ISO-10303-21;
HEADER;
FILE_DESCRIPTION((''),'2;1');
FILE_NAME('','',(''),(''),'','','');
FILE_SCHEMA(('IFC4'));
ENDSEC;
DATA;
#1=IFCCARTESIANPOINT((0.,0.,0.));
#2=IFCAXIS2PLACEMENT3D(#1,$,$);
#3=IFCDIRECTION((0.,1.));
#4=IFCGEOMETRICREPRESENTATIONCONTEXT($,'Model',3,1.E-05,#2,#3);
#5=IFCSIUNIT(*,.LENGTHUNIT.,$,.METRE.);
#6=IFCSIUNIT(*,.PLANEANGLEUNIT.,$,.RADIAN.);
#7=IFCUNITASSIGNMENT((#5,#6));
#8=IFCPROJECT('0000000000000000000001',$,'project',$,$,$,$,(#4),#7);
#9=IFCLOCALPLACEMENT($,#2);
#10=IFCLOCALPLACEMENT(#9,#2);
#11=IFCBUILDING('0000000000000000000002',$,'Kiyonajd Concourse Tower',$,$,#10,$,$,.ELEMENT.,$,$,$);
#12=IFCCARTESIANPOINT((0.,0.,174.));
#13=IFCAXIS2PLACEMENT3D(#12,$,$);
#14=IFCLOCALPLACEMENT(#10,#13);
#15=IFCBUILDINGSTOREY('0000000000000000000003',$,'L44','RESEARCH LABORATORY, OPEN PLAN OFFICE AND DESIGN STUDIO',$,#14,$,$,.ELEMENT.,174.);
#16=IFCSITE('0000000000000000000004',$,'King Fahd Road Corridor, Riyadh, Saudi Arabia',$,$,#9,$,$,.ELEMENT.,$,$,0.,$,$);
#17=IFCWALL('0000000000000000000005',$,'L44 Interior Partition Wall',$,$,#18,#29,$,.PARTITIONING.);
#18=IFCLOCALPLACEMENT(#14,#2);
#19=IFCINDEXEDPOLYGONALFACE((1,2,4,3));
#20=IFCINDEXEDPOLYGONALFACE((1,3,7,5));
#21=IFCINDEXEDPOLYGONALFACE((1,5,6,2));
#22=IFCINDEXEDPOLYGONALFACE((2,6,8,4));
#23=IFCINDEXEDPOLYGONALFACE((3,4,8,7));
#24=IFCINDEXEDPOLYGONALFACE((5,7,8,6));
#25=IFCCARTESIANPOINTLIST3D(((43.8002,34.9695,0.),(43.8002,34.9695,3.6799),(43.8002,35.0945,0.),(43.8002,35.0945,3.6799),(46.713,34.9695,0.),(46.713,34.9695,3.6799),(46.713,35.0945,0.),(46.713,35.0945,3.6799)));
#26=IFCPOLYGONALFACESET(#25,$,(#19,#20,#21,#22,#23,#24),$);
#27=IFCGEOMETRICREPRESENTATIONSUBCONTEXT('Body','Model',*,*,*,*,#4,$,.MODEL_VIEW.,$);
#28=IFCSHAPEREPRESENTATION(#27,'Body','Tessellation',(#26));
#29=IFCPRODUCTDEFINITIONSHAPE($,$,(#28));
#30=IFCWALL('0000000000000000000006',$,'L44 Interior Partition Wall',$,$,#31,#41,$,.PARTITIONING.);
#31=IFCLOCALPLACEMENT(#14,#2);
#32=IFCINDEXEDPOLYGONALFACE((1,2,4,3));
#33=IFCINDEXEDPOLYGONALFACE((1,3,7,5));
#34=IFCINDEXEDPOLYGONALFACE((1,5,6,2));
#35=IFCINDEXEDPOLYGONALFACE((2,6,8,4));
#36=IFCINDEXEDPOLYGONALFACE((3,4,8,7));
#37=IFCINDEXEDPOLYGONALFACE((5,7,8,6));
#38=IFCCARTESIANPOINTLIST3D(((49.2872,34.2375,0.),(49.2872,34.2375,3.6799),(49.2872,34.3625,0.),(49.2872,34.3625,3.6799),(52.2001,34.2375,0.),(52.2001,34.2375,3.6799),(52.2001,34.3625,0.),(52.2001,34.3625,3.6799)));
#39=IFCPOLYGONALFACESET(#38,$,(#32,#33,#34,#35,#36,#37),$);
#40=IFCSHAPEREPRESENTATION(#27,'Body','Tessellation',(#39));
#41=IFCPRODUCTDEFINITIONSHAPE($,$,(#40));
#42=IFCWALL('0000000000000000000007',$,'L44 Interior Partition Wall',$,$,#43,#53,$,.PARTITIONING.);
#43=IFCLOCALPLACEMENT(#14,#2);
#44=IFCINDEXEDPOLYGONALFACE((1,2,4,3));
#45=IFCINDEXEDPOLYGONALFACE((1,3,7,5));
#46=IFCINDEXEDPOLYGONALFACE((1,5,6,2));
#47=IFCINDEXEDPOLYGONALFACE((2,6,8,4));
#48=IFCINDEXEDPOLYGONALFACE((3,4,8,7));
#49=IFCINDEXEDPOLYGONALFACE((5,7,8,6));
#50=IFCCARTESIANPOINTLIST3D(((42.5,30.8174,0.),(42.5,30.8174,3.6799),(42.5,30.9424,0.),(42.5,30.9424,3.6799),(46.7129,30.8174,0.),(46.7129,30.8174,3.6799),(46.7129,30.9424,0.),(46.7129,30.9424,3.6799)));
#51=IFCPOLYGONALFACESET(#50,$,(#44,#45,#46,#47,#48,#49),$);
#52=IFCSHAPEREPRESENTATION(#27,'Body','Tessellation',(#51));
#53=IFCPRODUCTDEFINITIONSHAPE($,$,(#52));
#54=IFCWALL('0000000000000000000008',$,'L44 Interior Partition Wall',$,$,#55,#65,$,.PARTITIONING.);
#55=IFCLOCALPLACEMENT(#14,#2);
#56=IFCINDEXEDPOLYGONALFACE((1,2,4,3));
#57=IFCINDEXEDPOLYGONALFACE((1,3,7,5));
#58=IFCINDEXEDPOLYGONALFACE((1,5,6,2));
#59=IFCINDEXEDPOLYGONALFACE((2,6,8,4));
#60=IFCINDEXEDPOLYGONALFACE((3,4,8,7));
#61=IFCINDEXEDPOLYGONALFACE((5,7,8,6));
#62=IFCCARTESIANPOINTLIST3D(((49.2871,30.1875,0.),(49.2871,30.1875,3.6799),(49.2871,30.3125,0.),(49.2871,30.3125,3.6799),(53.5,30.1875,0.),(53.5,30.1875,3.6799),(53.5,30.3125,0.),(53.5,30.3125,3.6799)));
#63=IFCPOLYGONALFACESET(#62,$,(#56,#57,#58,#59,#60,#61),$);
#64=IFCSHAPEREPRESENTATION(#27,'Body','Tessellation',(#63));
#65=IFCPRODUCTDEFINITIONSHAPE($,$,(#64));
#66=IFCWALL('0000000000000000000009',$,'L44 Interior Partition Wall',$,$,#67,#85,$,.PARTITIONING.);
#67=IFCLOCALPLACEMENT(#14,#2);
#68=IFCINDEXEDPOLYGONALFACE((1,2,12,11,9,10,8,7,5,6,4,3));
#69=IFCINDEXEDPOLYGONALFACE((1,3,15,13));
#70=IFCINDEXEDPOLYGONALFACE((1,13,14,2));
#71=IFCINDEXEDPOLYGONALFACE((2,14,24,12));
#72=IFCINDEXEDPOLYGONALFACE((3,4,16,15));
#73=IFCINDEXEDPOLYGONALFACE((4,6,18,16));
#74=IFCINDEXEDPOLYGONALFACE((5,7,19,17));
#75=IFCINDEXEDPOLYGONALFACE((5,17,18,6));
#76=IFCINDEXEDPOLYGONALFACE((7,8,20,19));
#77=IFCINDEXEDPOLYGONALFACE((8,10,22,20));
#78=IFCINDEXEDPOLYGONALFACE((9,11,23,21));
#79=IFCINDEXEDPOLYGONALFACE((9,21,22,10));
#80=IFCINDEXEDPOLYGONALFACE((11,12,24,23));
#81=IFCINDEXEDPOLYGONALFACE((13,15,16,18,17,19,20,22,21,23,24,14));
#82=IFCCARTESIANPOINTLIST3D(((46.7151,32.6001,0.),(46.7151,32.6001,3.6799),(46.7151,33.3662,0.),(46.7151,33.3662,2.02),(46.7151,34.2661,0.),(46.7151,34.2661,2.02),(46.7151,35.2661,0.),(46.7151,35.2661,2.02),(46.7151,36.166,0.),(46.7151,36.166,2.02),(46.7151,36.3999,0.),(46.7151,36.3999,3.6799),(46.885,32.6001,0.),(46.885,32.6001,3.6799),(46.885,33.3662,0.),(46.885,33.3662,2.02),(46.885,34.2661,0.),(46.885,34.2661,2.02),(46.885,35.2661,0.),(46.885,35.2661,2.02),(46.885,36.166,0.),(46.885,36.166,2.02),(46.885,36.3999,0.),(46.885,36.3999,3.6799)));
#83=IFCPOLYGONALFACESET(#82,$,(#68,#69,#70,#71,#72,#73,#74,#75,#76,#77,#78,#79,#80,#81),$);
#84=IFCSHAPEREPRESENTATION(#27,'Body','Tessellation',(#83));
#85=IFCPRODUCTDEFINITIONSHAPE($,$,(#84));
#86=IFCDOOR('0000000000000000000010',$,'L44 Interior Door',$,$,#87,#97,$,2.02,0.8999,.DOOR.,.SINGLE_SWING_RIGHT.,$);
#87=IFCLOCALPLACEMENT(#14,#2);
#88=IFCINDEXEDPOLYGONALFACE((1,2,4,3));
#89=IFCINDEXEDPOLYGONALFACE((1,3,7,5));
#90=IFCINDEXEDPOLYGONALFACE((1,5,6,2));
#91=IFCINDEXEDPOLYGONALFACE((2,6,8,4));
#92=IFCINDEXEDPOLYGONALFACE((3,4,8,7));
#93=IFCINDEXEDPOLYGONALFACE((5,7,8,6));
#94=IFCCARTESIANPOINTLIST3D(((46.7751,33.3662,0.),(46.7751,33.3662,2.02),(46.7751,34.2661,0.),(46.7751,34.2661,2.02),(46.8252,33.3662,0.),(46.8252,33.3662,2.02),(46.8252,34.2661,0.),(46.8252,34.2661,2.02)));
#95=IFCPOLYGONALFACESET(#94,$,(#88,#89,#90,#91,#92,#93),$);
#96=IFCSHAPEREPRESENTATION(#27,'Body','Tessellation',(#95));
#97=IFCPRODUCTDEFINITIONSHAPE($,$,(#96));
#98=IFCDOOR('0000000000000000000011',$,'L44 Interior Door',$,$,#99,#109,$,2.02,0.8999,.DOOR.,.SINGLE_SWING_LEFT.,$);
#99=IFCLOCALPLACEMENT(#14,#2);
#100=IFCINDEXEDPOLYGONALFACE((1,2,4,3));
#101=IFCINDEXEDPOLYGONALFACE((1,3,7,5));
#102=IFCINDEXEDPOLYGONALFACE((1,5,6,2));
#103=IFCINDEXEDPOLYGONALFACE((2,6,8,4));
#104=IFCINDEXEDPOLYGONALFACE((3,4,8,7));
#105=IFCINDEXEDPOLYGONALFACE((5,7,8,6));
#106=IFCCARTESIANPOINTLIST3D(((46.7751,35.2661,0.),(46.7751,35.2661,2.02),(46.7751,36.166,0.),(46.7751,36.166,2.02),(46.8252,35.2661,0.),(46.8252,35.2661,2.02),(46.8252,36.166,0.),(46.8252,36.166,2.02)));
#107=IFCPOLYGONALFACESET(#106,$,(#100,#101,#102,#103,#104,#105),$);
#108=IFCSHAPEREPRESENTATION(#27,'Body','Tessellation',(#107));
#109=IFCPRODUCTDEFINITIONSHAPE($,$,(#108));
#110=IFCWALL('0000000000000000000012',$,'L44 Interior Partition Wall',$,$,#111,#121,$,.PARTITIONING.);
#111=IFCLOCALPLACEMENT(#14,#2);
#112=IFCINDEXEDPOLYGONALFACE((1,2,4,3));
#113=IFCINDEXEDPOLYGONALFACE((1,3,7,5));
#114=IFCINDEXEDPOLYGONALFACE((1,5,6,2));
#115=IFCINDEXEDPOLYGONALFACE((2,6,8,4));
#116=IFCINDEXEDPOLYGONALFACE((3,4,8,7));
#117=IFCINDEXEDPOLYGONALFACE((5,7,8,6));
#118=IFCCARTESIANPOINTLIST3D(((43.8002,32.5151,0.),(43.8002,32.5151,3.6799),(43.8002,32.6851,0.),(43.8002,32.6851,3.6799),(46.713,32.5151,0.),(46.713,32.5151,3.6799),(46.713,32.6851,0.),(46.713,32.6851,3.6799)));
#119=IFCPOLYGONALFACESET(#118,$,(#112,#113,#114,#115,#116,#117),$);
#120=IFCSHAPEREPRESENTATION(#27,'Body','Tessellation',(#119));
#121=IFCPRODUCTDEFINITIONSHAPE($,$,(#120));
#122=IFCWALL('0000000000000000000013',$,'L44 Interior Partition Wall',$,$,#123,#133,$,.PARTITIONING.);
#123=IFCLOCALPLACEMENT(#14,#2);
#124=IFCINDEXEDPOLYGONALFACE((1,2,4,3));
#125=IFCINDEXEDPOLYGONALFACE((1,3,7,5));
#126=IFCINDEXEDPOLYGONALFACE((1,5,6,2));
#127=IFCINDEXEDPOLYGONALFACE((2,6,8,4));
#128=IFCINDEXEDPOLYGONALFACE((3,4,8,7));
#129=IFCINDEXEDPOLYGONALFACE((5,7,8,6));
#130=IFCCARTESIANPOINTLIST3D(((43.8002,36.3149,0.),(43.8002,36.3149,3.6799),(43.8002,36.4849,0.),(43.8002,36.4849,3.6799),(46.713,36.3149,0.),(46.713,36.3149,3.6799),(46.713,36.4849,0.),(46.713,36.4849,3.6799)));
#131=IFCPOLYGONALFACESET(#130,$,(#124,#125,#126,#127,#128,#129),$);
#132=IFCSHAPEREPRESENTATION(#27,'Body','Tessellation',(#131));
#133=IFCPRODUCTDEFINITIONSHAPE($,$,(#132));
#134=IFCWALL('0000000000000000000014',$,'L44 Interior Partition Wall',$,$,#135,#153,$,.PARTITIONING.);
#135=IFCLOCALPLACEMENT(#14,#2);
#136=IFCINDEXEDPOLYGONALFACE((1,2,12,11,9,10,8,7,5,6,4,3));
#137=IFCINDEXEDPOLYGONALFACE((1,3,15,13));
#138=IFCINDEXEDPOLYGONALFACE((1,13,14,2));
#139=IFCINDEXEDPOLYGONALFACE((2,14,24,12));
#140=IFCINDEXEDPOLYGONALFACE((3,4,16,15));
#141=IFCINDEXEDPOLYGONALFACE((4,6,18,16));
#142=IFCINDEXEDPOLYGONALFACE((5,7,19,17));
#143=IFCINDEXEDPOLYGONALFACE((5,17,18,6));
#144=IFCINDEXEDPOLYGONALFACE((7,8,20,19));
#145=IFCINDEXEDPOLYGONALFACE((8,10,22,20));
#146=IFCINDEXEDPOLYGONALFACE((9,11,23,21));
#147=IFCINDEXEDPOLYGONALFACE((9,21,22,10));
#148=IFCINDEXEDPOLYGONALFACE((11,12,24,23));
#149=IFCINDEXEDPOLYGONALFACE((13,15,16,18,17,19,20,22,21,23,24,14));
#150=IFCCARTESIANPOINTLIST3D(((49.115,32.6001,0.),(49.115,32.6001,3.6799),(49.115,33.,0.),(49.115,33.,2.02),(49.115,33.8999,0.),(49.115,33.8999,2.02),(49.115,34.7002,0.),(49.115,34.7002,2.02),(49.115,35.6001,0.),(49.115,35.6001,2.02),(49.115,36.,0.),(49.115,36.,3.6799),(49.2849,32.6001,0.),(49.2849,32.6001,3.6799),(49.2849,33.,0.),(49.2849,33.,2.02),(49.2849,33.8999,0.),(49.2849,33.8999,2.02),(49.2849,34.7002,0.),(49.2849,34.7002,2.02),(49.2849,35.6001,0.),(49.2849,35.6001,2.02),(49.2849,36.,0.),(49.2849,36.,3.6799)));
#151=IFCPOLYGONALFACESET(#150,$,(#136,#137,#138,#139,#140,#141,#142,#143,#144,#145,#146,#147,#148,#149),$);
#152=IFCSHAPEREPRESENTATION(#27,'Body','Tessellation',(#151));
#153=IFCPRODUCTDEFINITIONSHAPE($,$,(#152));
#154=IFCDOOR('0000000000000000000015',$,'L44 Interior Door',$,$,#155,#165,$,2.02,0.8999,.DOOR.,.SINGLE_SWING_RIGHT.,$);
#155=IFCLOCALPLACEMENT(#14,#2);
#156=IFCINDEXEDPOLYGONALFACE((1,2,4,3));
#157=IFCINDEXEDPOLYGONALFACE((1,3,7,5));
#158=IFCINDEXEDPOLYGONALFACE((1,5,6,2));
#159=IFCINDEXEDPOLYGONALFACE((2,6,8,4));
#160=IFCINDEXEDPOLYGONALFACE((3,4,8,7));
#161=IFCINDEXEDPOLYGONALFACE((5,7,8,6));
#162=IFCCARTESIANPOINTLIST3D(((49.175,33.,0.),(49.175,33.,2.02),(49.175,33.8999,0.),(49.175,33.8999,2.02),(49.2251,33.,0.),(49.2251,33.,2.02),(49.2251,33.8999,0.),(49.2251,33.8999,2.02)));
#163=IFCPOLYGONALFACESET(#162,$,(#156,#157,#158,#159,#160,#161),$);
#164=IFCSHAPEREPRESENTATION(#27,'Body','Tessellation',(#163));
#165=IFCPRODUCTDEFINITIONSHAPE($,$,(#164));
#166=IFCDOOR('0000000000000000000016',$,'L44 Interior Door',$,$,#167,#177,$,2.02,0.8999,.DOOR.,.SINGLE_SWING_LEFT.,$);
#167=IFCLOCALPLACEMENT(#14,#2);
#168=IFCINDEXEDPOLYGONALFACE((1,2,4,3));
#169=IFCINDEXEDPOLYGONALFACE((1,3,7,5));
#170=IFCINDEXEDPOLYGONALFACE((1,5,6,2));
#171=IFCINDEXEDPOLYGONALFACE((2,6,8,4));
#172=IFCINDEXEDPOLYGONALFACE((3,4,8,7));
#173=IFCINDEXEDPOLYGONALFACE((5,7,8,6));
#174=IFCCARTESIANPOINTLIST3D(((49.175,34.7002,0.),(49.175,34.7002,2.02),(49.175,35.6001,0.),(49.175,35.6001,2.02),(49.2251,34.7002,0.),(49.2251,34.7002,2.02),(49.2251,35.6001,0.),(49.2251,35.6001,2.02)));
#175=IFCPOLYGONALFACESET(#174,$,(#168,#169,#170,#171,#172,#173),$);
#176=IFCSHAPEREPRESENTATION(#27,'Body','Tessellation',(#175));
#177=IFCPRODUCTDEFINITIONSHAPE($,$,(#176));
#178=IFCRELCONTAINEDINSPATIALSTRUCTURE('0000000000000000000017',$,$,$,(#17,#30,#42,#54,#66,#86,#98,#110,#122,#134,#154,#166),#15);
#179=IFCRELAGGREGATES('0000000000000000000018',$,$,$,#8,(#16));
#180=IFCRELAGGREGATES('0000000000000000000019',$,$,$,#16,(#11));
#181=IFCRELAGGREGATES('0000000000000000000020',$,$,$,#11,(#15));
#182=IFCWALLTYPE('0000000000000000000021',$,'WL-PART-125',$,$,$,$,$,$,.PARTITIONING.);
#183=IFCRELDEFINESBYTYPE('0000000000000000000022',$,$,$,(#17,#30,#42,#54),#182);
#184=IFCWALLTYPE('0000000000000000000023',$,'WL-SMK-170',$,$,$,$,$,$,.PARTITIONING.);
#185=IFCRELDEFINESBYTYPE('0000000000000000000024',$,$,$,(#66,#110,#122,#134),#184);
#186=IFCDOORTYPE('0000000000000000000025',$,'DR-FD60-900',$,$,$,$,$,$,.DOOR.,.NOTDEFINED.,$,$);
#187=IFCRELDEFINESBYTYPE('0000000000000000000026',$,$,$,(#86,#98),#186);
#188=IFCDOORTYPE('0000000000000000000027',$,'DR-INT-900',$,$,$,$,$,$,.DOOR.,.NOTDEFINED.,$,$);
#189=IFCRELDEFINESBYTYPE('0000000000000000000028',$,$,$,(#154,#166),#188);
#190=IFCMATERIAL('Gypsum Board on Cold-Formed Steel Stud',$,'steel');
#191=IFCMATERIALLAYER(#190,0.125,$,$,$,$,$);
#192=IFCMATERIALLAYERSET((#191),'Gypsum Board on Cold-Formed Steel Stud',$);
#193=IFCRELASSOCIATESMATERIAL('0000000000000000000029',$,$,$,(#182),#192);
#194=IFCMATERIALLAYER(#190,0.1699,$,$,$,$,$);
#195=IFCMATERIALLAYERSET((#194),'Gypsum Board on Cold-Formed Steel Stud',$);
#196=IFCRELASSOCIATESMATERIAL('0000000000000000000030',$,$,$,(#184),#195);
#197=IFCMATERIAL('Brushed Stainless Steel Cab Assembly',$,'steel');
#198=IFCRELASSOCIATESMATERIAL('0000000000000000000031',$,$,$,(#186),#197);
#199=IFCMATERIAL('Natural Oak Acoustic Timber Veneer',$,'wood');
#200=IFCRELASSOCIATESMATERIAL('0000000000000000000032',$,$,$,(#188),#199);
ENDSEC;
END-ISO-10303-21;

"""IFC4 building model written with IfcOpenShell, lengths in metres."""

from ifc_helpers import new_model, si_unit, direction, frame, frame_2d, origin, place, context, subcontext, project, spatial, rectangle, extrude, material, layer, layer_set, type_object, element, fill, save


model = new_model("IFC4")

# Units and contexts
model_context = context("Model", 3, precision=1e-05, world=origin(), true_north=direction((0.0, 1.0)))
body_context = subcontext(model_context, "Body", "Model", "MODEL_VIEW")
ifc_project = project(units=[si_unit("LENGTHUNIT", "METRE"), si_unit("PLANEANGLEUNIT", "RADIAN")], contexts=[model_context])

# Site, building, storey
site_placement = place(None, origin())
site = spatial("IfcSite", under=ifc_project, at=site_placement, Name="King Fahd Road Corridor, Riyadh, Saudi Arabia", CompositionType="ELEMENT", RefElevation=0.0)
building_placement = place(site_placement, origin())
building = spatial("IfcBuilding", under=site, at=building_placement, Name="Kiyonajd Concourse Tower", CompositionType="ELEMENT")
storey_placement = place(building_placement, frame((0.0, 0.0, 174.0)))
storey = spatial("IfcBuildingStorey", under=building, at=storey_placement, Name="L44", Description="RESEARCH LABORATORY, OPEN PLAN OFFICE AND DESIGN STUDIO", CompositionType="ELEMENT", Elevation=174.0)

# Walls
ifc_material_1 = material(Name="Gypsum Board on Cold-Formed Steel Stud", Category="steel")
ifc_layer_1 = layer(ifc_material_1, 0.125)
ifc_layer_set_1 = layer_set([ifc_layer_1], Name="Gypsum Board on Cold-Formed Steel Stud")
wall_type_1 = type_object("IfcWallType", Name="WL-PART-125", PredefinedType="PARTITIONING", material=ifc_layer_set_1)
for number, where, z_axis, x_axis, name in (
    (1, (43.8, 35.032, 0.0), (0.0, 0.0, 1.0), (1.0, 0.0, 0.0), "L44 Interior Partition Wall"),
    (2, (49.2871, 34.3, 0.0), (0.0, 0.0, 1.0), (1.0, 0.0, 0.0), "L44 Interior Partition Wall"),
):
    element("IfcWall", number, at=place(storey_placement, frame(where, z_axis=z_axis, x_axis=x_axis)), inside=storey, type_object=wall_type_1, Name=name, PredefinedType="PARTITIONING", context=body_context, shape_type="SweptSolid", body=[
        extrude(rectangle(XDim=2.9128, YDim=0.125, at=frame_2d((1.4565, 0.0))), origin(), (0.0, 0.0, 1.0), 3.6799),
    ])
for number, where, z_axis, x_axis, name in (
    (3, (42.5, 30.8799, 0.0), (0.0, 0.0, 1.0), (1.0, 0.0, 0.0), "L44 Interior Partition Wall"),
    (4, (49.2871, 30.25, 0.0), (0.0, 0.0, 1.0), (1.0, 0.0, 0.0), "L44 Interior Partition Wall"),
):
    element("IfcWall", number, at=place(storey_placement, frame(where, z_axis=z_axis, x_axis=x_axis)), inside=storey, type_object=wall_type_1, Name=name, PredefinedType="PARTITIONING", context=body_context, shape_type="SweptSolid", body=[
        extrude(rectangle(XDim=4.2129, YDim=0.125, at=frame_2d((2.1064, 0.0))), origin(), (0.0, 0.0, 1.0), 3.6799),
    ])

# Wall, openings, doors
ifc_layer_2 = layer(ifc_material_1, 0.1699)
ifc_layer_set_2 = layer_set([ifc_layer_2], Name="Gypsum Board on Cold-Formed Steel Stud")
wall_type_2 = type_object("IfcWallType", Name="WL-SMK-170", PredefinedType="PARTITIONING", material=ifc_layer_set_2)
wall_1_placement = place(storey_placement, frame((46.8, 32.6001, 0.0), z_axis=(0.0, 0.0, 1.0), x_axis=(0.0, 1.0, 0.0)))
wall_1 = element("IfcWall", 5, at=wall_1_placement, inside=storey, type_object=wall_type_2, Name="L44 Interior Partition Wall", PredefinedType="PARTITIONING", context=body_context, shape_type="SweptSolid", body=[
    extrude(rectangle(XDim=3.7998, YDim=0.1699, at=frame_2d((1.8999, 0.0))), origin(), (0.0, 0.0, 1.0), 3.6799),
])
opening_1_placement = place(wall_1_placement, frame((0.7661, 0.0, 0.0)))
opening_1 = element("IfcOpeningElement", 6, at=opening_1_placement, cuts=wall_1, PredefinedType="OPENING", context=body_context, shape_type="SweptSolid", body=[
    extrude(rectangle(XDim=0.8999, YDim=2.02, at=frame_2d((0.45, 1.01))), frame((0.0, 0.095, 0.0), z_axis=(0.0, -1.0, 0.0), x_axis=(1.0, 0.0, 0.0)), (0.0, 0.0, 1.0), 0.1899),
])
opening_2_placement = place(wall_1_placement, frame((2.666, 0.0, 0.0)))
opening_2 = element("IfcOpeningElement", 7, at=opening_2_placement, cuts=wall_1, PredefinedType="OPENING", context=body_context, shape_type="SweptSolid", body=[
    extrude(rectangle(XDim=0.8999, YDim=2.02, at=frame_2d((0.45, 1.01))), frame((0.0, 0.095, 0.0), z_axis=(0.0, -1.0, 0.0), x_axis=(1.0, 0.0, 0.0)), (0.0, 0.0, 1.0), 0.1899),
])
ifc_material_2 = material(Name="Brushed Stainless Steel Cab Assembly", Category="steel")
door_type_1 = type_object("IfcDoorType", Name="DR-FD60-900", OperationType="NOTDEFINED", PredefinedType="DOOR", material=ifc_material_2)
door_1_placement = place(opening_1_placement, origin())
door_1 = element("IfcDoor", 8, at=door_1_placement, inside=storey, type_object=door_type_1, Name="L44 Interior Door", OperationType="SINGLE_SWING_RIGHT", OverallHeight=2.02, OverallWidth=0.8999, PredefinedType="DOOR", context=body_context, shape_type="SweptSolid", body=[
    extrude(rectangle(XDim=0.8999, YDim=2.02, at=frame_2d((0.45, 1.01))), frame((0.0, 0.0249, 0.0), z_axis=(0.0, -1.0, 0.0), x_axis=(1.0, 0.0, 0.0)), (0.0, 0.0, 1.0), 0.05),
])
fill(opening_1, door_1)
door_2_placement = place(opening_2_placement, origin())
door_2 = element("IfcDoor", 9, at=door_2_placement, inside=storey, type_object=door_type_1, Name="L44 Interior Door", OperationType="SINGLE_SWING_LEFT", OverallHeight=2.02, OverallWidth=0.8999, PredefinedType="DOOR", context=body_context, shape_type="SweptSolid", body=[
    extrude(rectangle(XDim=0.8999, YDim=2.02, at=frame_2d((0.45, 1.01))), frame((0.0, 0.0249, 0.0), z_axis=(0.0, -1.0, 0.0), x_axis=(1.0, 0.0, 0.0)), (0.0, 0.0, 1.0), 0.05),
])
fill(opening_2, door_2)

# Walls
for number, where, z_axis, x_axis, name in (
    (10, (43.8, 32.6001, 0.0), (0.0, 0.0, 1.0), (1.0, 0.0, 0.0), "L44 Interior Partition Wall"),
    (11, (43.8, 36.3999, 0.0), (0.0, 0.0, 1.0), (1.0, 0.0, 0.0), "L44 Interior Partition Wall"),
):
    element("IfcWall", number, at=place(storey_placement, frame(where, z_axis=z_axis, x_axis=x_axis)), inside=storey, type_object=wall_type_2, Name=name, PredefinedType="PARTITIONING", context=body_context, shape_type="SweptSolid", body=[
        extrude(rectangle(XDim=2.9128, YDim=0.1699, at=frame_2d((1.4565, 0.0))), origin(), (0.0, 0.0, 1.0), 3.6799),
    ])

# Wall, openings, doors
wall_2_placement = place(storey_placement, frame((49.2, 32.6001, 0.0), z_axis=(0.0, 0.0, 1.0), x_axis=(0.0, 1.0, 0.0)))
wall_2 = element("IfcWall", 12, at=wall_2_placement, inside=storey, type_object=wall_type_2, Name="L44 Interior Partition Wall", PredefinedType="PARTITIONING", context=body_context, shape_type="SweptSolid", body=[
    extrude(rectangle(XDim=3.3999, YDim=0.1699, at=frame_2d((1.7, 0.0))), origin(), (0.0, 0.0, 1.0), 3.6799),
])
opening_3_placement = place(wall_2_placement, frame((0.3999, 0.0, 0.0)))
opening_3 = element("IfcOpeningElement", 13, at=opening_3_placement, cuts=wall_2, PredefinedType="OPENING", context=body_context, shape_type="SweptSolid", body=[
    extrude(rectangle(XDim=0.8999, YDim=2.02, at=frame_2d((0.45, 1.01))), frame((0.0, 0.095, 0.0), z_axis=(0.0, -1.0, 0.0), x_axis=(1.0, 0.0, 0.0)), (0.0, 0.0, 1.0), 0.1899),
])
opening_4_placement = place(wall_2_placement, frame((2.1001, 0.0, 0.0)))
opening_4 = element("IfcOpeningElement", 14, at=opening_4_placement, cuts=wall_2, PredefinedType="OPENING", context=body_context, shape_type="SweptSolid", body=[
    extrude(rectangle(XDim=0.8999, YDim=2.02, at=frame_2d((0.45, 1.01))), frame((0.0, 0.095, 0.0), z_axis=(0.0, -1.0, 0.0), x_axis=(1.0, 0.0, 0.0)), (0.0, 0.0, 1.0), 0.1899),
])
ifc_material_3 = material(Name="Natural Oak Acoustic Timber Veneer", Category="wood")
door_type_2 = type_object("IfcDoorType", Name="DR-INT-900", OperationType="NOTDEFINED", PredefinedType="DOOR", material=ifc_material_3)
door_3_placement = place(opening_3_placement, origin())
door_3 = element("IfcDoor", 15, at=door_3_placement, inside=storey, type_object=door_type_2, Name="L44 Interior Door", OperationType="SINGLE_SWING_RIGHT", OverallHeight=2.02, OverallWidth=0.8999, PredefinedType="DOOR", context=body_context, shape_type="SweptSolid", body=[
    extrude(rectangle(XDim=0.8999, YDim=2.02, at=frame_2d((0.45, 1.01))), frame((0.0, 0.0249, 0.0), z_axis=(0.0, -1.0, 0.0), x_axis=(1.0, 0.0, 0.0)), (0.0, 0.0, 1.0), 0.05),
])
fill(opening_3, door_3)
door_4_placement = place(opening_4_placement, origin())
door_4 = element("IfcDoor", 16, at=door_4_placement, inside=storey, type_object=door_type_2, Name="L44 Interior Door", OperationType="SINGLE_SWING_LEFT", OverallHeight=2.02, OverallWidth=0.8999, PredefinedType="DOOR", context=body_context, shape_type="SweptSolid", body=[
    extrude(rectangle(XDim=0.8999, YDim=2.02, at=frame_2d((0.45, 1.01))), frame((0.0, 0.0249, 0.0), z_axis=(0.0, -1.0, 0.0), x_axis=(1.0, 0.0, 0.0)), (0.0, 0.0, 1.0), 0.05),
])
fill(opening_4, door_4)

save(model, "model.ifc")
